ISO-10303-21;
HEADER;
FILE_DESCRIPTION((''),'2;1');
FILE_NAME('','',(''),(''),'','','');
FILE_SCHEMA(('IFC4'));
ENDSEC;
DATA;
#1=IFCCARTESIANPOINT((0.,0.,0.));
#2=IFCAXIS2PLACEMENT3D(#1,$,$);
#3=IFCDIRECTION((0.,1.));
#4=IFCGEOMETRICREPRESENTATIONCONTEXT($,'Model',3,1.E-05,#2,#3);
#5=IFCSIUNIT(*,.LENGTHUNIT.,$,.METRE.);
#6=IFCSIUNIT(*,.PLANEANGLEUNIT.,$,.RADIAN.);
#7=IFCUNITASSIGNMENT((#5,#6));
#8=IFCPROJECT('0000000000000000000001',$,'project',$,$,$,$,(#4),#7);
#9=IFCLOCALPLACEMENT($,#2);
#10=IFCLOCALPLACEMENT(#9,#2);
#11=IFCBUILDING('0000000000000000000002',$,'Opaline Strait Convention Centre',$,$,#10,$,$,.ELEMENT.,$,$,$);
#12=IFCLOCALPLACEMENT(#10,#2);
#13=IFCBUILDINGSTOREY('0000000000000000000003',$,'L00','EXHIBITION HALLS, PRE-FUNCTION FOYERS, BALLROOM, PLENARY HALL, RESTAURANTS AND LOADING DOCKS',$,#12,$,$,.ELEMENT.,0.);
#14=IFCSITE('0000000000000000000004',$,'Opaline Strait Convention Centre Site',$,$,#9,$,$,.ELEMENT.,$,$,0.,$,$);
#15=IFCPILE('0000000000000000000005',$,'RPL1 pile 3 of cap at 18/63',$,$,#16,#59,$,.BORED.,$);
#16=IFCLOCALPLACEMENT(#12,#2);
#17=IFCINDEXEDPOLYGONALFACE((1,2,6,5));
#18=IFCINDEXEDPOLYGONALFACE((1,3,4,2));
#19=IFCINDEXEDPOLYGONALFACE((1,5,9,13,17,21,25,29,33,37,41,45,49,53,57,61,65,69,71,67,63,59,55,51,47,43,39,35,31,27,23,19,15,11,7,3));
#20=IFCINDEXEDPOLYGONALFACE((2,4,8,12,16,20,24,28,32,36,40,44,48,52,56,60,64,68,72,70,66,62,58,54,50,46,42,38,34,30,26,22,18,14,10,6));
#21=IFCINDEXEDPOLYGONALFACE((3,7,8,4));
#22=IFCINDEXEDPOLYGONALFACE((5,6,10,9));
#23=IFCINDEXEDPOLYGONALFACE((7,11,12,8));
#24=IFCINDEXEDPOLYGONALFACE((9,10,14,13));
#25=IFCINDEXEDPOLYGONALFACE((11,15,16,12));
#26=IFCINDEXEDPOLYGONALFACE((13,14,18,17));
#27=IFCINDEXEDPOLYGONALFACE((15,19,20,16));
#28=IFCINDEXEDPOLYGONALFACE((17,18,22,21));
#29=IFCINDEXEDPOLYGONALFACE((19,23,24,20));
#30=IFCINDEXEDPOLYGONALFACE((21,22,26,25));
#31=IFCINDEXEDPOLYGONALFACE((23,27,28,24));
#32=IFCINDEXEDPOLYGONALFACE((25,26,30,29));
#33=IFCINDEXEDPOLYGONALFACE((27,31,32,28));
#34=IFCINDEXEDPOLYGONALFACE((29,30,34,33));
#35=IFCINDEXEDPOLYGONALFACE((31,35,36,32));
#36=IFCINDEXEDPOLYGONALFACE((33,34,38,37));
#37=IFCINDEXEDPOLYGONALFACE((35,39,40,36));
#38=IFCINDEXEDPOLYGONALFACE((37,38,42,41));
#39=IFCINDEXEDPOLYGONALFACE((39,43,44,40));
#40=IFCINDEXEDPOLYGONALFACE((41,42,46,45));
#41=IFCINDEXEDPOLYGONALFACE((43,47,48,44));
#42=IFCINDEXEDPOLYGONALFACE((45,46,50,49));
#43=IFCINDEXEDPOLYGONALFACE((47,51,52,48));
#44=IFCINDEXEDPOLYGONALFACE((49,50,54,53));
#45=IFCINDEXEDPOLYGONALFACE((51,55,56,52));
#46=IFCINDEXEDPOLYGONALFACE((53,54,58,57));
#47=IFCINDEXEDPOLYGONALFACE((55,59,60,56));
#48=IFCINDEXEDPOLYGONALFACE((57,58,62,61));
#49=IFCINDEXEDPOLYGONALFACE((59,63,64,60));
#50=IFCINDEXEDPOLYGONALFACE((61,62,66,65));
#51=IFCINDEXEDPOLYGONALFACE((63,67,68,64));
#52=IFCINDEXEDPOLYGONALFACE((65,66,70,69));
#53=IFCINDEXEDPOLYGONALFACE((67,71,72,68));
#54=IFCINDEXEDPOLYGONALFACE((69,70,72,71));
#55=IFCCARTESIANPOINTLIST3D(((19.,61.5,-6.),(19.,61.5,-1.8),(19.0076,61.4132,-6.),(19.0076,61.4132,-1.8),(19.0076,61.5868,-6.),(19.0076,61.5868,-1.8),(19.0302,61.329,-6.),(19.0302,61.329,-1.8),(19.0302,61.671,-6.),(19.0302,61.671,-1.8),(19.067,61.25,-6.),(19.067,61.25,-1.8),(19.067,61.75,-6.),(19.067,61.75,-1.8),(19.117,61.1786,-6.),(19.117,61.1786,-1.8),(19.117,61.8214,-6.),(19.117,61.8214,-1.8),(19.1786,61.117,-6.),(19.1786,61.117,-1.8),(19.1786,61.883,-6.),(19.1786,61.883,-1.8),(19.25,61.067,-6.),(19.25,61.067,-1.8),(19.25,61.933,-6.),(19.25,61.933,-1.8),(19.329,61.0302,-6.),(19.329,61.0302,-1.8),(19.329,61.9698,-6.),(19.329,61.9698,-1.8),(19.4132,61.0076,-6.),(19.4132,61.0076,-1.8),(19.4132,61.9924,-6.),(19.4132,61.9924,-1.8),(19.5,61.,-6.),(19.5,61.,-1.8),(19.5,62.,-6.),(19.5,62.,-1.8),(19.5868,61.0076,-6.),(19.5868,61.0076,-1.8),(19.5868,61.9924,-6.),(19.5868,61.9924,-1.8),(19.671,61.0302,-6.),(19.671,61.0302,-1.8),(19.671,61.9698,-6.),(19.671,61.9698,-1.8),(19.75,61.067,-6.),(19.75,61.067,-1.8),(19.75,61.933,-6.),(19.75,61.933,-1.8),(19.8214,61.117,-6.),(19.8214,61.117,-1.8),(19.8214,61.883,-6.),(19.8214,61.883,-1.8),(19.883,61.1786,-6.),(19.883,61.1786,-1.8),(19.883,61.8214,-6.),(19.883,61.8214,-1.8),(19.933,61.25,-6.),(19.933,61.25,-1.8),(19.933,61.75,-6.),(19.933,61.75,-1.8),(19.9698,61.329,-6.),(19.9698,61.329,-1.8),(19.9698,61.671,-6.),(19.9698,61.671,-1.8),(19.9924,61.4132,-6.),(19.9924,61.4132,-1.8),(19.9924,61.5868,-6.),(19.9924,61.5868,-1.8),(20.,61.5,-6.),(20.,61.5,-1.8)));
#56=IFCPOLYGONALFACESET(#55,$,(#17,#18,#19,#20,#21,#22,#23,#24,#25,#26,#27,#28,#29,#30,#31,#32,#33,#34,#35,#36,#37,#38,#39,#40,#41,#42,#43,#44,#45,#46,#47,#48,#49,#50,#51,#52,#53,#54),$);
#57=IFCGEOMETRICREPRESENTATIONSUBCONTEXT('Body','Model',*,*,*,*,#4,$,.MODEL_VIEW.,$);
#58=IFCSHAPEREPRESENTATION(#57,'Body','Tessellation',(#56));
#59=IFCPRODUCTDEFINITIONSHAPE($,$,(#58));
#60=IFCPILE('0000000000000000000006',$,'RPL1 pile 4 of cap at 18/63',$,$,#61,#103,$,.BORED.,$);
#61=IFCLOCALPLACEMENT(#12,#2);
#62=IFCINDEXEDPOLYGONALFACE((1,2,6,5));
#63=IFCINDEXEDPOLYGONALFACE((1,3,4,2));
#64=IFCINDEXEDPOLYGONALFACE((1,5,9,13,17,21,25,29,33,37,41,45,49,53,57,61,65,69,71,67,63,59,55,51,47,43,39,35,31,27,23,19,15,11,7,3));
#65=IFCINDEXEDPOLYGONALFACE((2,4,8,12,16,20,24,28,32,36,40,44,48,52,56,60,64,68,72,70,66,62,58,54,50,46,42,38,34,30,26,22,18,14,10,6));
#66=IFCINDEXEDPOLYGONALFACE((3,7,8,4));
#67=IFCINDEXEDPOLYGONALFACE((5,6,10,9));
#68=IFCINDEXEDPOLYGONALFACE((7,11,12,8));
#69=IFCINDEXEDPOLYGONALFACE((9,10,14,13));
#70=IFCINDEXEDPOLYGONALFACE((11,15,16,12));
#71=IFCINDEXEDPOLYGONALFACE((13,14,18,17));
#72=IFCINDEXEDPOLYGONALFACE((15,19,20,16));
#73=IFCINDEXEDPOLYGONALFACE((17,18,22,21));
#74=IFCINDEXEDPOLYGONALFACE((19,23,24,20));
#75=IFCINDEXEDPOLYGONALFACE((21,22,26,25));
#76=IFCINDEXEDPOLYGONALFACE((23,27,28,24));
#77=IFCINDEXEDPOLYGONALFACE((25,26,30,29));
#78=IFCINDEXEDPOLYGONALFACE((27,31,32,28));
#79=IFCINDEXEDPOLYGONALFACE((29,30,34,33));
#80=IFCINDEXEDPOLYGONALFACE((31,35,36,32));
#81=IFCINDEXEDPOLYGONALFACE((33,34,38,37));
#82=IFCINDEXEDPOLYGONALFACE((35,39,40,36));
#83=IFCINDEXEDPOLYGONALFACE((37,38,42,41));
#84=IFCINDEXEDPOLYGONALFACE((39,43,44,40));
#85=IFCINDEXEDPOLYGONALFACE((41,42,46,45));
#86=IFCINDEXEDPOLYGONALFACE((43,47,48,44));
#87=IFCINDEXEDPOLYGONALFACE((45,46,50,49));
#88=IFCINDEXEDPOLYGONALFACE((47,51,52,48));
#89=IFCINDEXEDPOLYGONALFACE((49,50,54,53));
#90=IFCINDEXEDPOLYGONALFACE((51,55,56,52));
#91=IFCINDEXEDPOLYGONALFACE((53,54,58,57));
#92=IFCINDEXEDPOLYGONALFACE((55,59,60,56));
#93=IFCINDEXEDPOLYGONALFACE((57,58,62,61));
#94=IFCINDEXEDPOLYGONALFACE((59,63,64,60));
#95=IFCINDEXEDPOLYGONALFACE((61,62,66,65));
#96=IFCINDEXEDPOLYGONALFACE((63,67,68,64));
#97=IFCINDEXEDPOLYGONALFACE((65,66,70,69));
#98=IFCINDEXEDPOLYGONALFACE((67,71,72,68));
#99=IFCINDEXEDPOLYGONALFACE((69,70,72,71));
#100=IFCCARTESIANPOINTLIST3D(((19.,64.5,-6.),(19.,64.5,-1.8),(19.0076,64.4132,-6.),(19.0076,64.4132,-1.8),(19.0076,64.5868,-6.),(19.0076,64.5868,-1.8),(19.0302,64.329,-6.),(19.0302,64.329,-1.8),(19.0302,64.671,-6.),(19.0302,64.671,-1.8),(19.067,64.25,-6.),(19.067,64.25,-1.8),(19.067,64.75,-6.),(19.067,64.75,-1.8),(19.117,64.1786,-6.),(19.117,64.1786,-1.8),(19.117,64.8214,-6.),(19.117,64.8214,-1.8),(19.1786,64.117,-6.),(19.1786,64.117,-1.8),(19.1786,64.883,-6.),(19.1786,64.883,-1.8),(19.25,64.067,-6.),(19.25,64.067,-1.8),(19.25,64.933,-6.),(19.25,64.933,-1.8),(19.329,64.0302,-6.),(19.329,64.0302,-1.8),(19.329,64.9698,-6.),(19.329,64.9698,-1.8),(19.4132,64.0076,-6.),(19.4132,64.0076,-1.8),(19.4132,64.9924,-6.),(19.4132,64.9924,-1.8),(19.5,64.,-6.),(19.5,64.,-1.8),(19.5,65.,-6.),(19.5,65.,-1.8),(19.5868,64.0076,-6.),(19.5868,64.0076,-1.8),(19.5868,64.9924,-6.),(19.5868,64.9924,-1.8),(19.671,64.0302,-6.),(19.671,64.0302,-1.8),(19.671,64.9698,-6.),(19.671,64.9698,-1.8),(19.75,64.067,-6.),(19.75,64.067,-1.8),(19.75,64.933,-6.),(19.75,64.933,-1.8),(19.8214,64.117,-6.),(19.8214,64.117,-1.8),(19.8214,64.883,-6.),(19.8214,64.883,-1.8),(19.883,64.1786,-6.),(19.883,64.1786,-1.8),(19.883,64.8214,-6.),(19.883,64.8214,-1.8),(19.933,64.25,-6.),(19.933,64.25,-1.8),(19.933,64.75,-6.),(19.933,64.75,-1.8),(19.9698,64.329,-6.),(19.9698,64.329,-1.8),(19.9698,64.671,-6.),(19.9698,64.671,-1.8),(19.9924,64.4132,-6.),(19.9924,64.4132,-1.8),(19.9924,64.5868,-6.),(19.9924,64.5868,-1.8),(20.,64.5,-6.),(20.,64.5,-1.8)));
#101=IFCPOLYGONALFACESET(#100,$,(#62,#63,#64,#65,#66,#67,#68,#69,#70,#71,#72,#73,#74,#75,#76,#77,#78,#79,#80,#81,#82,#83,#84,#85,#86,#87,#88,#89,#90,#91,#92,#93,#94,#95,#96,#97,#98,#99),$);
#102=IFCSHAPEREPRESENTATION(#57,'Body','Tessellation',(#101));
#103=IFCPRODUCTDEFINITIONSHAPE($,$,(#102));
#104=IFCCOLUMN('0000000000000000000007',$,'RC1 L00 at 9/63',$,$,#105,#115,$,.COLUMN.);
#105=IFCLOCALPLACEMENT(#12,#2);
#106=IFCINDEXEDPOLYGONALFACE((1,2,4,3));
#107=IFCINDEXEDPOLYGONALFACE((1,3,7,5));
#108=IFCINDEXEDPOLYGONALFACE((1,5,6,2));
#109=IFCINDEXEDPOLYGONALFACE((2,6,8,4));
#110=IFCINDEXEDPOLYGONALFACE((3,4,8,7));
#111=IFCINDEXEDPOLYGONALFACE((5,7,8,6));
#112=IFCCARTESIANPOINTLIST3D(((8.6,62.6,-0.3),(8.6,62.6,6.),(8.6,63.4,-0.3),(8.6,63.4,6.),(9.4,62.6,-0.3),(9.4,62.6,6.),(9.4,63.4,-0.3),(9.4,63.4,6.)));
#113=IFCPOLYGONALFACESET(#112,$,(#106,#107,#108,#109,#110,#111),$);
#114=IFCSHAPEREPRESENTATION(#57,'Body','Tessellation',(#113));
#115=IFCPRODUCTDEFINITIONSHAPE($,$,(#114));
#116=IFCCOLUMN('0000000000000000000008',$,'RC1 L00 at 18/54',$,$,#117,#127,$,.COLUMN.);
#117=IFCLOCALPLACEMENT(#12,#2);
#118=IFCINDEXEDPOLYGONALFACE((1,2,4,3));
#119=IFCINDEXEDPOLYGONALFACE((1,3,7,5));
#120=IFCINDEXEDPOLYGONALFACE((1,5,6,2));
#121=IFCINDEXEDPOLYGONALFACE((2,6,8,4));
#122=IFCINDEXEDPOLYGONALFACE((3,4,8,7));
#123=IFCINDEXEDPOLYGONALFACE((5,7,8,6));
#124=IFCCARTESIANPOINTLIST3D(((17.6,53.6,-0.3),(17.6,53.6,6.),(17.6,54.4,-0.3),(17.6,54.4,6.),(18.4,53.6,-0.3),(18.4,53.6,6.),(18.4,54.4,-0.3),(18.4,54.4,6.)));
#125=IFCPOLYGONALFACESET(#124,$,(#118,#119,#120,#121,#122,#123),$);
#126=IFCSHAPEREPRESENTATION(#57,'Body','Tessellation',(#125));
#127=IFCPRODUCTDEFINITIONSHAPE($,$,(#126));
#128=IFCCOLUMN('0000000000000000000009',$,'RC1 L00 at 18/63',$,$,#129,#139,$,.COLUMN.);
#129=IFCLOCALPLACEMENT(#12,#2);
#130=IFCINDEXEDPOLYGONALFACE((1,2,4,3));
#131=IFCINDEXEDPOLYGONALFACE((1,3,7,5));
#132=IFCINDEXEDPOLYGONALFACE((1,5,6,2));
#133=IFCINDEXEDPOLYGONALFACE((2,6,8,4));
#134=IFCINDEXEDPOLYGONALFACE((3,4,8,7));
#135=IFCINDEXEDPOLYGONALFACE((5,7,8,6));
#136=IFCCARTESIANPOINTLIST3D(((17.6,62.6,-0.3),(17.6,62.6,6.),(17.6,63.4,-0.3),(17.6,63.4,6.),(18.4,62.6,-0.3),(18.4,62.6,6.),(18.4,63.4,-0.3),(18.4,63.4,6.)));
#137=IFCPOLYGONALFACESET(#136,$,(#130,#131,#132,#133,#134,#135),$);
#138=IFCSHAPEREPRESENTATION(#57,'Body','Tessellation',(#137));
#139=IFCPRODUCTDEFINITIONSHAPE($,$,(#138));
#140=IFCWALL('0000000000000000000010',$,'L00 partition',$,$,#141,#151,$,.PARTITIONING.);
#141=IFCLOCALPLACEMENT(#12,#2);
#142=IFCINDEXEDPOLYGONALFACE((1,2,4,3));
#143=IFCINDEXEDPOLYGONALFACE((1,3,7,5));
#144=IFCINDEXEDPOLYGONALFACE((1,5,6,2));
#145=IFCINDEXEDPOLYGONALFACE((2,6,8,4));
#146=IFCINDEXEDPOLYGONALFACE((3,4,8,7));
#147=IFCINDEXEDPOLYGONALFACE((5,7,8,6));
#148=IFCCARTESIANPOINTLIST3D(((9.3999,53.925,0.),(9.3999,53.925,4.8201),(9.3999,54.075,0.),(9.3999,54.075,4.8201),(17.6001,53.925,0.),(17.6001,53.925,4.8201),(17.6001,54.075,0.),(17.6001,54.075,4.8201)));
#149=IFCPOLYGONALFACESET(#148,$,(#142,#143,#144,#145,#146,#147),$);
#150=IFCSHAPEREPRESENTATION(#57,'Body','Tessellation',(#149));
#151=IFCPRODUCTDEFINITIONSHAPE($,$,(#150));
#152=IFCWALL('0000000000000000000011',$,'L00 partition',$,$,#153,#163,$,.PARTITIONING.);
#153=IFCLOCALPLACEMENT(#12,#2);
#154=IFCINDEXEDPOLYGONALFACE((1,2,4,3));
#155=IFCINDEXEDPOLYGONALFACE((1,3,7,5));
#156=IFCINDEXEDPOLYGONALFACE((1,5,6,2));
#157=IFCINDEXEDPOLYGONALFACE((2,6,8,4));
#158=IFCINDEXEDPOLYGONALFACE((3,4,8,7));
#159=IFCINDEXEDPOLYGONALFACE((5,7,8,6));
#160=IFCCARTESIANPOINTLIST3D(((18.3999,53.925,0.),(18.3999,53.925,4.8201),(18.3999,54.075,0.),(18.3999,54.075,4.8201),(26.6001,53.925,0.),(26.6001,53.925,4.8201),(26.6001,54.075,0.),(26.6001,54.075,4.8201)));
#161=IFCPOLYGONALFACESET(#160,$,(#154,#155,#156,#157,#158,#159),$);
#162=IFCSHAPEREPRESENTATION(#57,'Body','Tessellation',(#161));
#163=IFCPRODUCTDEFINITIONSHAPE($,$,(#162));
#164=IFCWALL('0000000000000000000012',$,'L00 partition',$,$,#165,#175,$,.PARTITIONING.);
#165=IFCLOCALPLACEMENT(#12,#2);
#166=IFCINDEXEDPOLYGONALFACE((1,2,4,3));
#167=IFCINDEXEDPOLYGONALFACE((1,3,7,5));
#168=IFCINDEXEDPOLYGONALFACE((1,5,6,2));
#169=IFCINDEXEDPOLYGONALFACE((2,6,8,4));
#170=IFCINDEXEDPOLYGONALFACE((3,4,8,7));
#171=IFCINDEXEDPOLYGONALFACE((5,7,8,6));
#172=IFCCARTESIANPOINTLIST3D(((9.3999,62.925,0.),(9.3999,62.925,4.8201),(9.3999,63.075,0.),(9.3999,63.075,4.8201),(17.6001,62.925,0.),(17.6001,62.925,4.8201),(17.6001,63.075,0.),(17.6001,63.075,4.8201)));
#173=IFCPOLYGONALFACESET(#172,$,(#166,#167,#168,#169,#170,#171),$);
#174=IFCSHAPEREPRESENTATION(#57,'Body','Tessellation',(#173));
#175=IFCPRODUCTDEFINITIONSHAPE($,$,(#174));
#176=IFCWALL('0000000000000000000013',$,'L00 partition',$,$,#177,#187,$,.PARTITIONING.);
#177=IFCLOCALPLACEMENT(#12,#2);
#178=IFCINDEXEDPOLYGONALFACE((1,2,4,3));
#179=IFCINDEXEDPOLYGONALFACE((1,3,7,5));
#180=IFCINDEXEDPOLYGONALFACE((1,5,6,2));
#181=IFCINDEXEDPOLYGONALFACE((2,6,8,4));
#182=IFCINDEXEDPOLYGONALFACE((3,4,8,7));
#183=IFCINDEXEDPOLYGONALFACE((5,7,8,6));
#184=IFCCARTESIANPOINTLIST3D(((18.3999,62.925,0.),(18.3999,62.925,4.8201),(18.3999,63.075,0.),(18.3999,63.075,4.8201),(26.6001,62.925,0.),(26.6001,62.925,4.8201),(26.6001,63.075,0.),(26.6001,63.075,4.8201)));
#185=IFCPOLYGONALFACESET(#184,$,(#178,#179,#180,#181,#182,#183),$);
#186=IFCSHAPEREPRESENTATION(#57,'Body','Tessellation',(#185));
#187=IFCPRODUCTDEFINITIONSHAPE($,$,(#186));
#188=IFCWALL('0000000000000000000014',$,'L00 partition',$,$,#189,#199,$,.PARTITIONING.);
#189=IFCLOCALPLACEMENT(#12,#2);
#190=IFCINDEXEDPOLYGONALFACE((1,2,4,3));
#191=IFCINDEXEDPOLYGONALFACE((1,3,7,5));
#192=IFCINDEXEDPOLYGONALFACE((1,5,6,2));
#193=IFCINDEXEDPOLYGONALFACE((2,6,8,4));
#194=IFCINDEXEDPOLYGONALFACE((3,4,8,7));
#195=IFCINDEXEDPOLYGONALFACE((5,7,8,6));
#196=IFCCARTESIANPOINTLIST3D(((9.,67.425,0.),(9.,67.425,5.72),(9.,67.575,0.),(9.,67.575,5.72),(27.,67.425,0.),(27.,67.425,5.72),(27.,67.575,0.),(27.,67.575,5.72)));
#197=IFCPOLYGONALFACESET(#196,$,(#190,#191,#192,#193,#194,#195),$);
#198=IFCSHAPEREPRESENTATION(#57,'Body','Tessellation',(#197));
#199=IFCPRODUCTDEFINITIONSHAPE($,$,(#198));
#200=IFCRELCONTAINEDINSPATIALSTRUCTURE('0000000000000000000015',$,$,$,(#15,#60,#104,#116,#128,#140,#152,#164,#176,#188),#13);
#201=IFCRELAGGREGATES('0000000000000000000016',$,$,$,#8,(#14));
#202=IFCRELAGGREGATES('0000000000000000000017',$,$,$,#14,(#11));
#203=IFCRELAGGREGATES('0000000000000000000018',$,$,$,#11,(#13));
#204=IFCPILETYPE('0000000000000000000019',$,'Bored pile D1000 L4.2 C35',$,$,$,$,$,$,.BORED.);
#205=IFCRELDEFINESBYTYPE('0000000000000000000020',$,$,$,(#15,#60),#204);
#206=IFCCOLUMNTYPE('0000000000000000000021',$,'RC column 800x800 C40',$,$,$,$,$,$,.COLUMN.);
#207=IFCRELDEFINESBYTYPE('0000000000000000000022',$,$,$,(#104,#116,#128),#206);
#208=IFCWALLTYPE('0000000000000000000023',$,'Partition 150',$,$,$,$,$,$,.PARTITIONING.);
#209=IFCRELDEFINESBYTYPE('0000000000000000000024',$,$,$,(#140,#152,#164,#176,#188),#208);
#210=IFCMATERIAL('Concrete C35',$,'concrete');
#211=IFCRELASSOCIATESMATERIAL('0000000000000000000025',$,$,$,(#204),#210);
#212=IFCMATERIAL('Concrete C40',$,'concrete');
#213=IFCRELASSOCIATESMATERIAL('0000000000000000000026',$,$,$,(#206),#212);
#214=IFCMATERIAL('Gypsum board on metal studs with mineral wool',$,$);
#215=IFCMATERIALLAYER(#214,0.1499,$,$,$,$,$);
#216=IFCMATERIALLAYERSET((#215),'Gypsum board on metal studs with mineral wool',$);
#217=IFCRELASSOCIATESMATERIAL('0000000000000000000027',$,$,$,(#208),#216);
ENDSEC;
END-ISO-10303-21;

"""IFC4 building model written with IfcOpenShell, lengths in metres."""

from ifc_helpers import new_model, si_unit, direction, frame, frame_2d, origin, origin_2d, place, context, subcontext, project, spatial, rectangle, circle, extrude, material, layer, layer_set, material_profile, profile_set, type_object, element, save


model = new_model("IFC4")

# Units and contexts
model_context = context("Model", 3, precision=1e-05, world=origin(), true_north=direction((0.0, 1.0)))
body_context = subcontext(model_context, "Body", "Model", "MODEL_VIEW")
ifc_project = project(units=[si_unit("LENGTHUNIT", "METRE"), si_unit("PLANEANGLEUNIT", "RADIAN")], contexts=[model_context])

# Site, building, storey
site_placement = place(None, origin())
site = spatial("IfcSite", under=ifc_project, at=site_placement, Name="Opaline Strait Convention Centre Site", CompositionType="ELEMENT", RefElevation=0.0)
building_placement = place(site_placement, origin())
building = spatial("IfcBuilding", under=site, at=building_placement, Name="Opaline Strait Convention Centre", CompositionType="ELEMENT")
storey_placement = place(building_placement, origin())
storey = spatial("IfcBuildingStorey", under=building, at=storey_placement, Name="L00", Description="EXHIBITION HALLS, PRE-FUNCTION FOYERS, BALLROOM, PLENARY HALL, RESTAURANTS AND LOADING DOCKS", CompositionType="ELEMENT", Elevation=0.0)

# Piles
ifc_material_1 = material(Name="Concrete C35", Category="concrete")
ifc_material_profile_1 = material_profile(ifc_material_1, circle(Radius=0.5, at=origin_2d()), Name="D1000")
ifc_profile_set_1 = profile_set([ifc_material_profile_1], Name="Concrete C35")
pile_type = type_object("IfcPileType", Name="Bored pile D1000 L4.2 C35", PredefinedType="BORED", material=ifc_profile_set_1)
for number, where, z_axis, x_axis, name in (
    (1, (19.5, 61.5, -1.8), (0.0, 0.0, -1.0), (1.0, 0.0, 0.0), "RPL1 pile 3 of cap at 18/63"),
    (2, (19.5, 64.5, -1.8), (0.0, 0.0, -1.0), (1.0, 0.0, 0.0), "RPL1 pile 4 of cap at 18/63"),
):
    element("IfcPile", number, at=place(storey_placement, frame(where, z_axis=z_axis, x_axis=x_axis)), inside=storey, type_object=pile_type, Name=name, PredefinedType="BORED", context=body_context, shape_type="SweptSolid", body=[
        extrude(circle(Radius=0.5, at=origin_2d()), origin(), (0.0, 0.0, 1.0), 4.2),
    ])

# Columns
ifc_material_2 = material(Name="Concrete C40", Category="concrete")
ifc_material_profile_2 = material_profile(ifc_material_2, rectangle(XDim=0.8, YDim=0.8, at=origin_2d()), Name="RC 800x800")
ifc_profile_set_2 = profile_set([ifc_material_profile_2], Name="Concrete C40")
column_type = type_object("IfcColumnType", Name="RC column 800x800 C40", PredefinedType="COLUMN", material=ifc_profile_set_2)
for number, where, z_axis, x_axis, name in (
    (3, (9.0, 63.0, -0.3), (0.0, 0.0, 1.0), (1.0, 0.0, 0.0), "RC1 L00 at 9/63"),
    (4, (18.0, 54.0, -0.3), (0.0, 0.0, 1.0), (1.0, 0.0, 0.0), "RC1 L00 at 18/54"),
    (5, (18.0, 63.0, -0.3), (0.0, 0.0, 1.0), (1.0, 0.0, 0.0), "RC1 L00 at 18/63"),
):
    element("IfcColumn", number, at=place(storey_placement, frame(where, z_axis=z_axis, x_axis=x_axis)), inside=storey, type_object=column_type, Name=name, PredefinedType="COLUMN", context=body_context, shape_type="SweptSolid", body=[
        extrude(rectangle(XDim=0.8, YDim=0.8, at=origin_2d()), origin(), (0.0, 0.0, 1.0), 6.3),
    ])

# Walls
ifc_material_3 = material(Name="Gypsum board on metal studs with mineral wool")
ifc_layer_1 = layer(ifc_material_3, 0.1499)
ifc_layer_set_1 = layer_set([ifc_layer_1], Name="Gypsum board on metal studs with mineral wool")
wall_type_1 = type_object("IfcWallType", Name="Partition 150", PredefinedType="PARTITIONING", material=ifc_layer_set_1)
for number, where, z_axis, x_axis, name in (
    (6, (9.3999, 54.0, 0.0), (0.0, 0.0, 1.0), (1.0, 0.0, 0.0), "L00 partition"),
    (7, (18.3999, 54.0, 0.0), (0.0, 0.0, 1.0), (1.0, 0.0, 0.0), "L00 partition"),
    (8, (9.3999, 63.0, 0.0), (0.0, 0.0, 1.0), (1.0, 0.0, 0.0), "L00 partition"),
    (9, (18.3999, 63.0, 0.0), (0.0, 0.0, 1.0), (1.0, 0.0, 0.0), "L00 partition"),
):
    element("IfcWall", number, at=place(storey_placement, frame(where, z_axis=z_axis, x_axis=x_axis)), inside=storey, type_object=wall_type_1, Name=name, PredefinedType="PARTITIONING", context=body_context, shape_type="SweptSolid", body=[
        extrude(rectangle(XDim=8.2002, YDim=0.1499, at=frame_2d((4.1001, 0.0))), origin(), (0.0, 0.0, 1.0), 4.8201),
    ])
wall_1_placement = place(storey_placement, frame((9.0, 67.5, 0.0), z_axis=(0.0, 0.0, 1.0), x_axis=(1.0, 0.0, 0.0)))
element("IfcWall", 10, at=wall_1_placement, inside=storey, type_object=wall_type_1, Name="L00 partition", PredefinedType="PARTITIONING", context=body_context, shape_type="SweptSolid", body=[
    extrude(rectangle(XDim=18.0, YDim=0.1499, at=frame_2d((9.0, 0.0))), origin(), (0.0, 0.0, 1.0), 5.72),
])

save(model, "model.ifc")
